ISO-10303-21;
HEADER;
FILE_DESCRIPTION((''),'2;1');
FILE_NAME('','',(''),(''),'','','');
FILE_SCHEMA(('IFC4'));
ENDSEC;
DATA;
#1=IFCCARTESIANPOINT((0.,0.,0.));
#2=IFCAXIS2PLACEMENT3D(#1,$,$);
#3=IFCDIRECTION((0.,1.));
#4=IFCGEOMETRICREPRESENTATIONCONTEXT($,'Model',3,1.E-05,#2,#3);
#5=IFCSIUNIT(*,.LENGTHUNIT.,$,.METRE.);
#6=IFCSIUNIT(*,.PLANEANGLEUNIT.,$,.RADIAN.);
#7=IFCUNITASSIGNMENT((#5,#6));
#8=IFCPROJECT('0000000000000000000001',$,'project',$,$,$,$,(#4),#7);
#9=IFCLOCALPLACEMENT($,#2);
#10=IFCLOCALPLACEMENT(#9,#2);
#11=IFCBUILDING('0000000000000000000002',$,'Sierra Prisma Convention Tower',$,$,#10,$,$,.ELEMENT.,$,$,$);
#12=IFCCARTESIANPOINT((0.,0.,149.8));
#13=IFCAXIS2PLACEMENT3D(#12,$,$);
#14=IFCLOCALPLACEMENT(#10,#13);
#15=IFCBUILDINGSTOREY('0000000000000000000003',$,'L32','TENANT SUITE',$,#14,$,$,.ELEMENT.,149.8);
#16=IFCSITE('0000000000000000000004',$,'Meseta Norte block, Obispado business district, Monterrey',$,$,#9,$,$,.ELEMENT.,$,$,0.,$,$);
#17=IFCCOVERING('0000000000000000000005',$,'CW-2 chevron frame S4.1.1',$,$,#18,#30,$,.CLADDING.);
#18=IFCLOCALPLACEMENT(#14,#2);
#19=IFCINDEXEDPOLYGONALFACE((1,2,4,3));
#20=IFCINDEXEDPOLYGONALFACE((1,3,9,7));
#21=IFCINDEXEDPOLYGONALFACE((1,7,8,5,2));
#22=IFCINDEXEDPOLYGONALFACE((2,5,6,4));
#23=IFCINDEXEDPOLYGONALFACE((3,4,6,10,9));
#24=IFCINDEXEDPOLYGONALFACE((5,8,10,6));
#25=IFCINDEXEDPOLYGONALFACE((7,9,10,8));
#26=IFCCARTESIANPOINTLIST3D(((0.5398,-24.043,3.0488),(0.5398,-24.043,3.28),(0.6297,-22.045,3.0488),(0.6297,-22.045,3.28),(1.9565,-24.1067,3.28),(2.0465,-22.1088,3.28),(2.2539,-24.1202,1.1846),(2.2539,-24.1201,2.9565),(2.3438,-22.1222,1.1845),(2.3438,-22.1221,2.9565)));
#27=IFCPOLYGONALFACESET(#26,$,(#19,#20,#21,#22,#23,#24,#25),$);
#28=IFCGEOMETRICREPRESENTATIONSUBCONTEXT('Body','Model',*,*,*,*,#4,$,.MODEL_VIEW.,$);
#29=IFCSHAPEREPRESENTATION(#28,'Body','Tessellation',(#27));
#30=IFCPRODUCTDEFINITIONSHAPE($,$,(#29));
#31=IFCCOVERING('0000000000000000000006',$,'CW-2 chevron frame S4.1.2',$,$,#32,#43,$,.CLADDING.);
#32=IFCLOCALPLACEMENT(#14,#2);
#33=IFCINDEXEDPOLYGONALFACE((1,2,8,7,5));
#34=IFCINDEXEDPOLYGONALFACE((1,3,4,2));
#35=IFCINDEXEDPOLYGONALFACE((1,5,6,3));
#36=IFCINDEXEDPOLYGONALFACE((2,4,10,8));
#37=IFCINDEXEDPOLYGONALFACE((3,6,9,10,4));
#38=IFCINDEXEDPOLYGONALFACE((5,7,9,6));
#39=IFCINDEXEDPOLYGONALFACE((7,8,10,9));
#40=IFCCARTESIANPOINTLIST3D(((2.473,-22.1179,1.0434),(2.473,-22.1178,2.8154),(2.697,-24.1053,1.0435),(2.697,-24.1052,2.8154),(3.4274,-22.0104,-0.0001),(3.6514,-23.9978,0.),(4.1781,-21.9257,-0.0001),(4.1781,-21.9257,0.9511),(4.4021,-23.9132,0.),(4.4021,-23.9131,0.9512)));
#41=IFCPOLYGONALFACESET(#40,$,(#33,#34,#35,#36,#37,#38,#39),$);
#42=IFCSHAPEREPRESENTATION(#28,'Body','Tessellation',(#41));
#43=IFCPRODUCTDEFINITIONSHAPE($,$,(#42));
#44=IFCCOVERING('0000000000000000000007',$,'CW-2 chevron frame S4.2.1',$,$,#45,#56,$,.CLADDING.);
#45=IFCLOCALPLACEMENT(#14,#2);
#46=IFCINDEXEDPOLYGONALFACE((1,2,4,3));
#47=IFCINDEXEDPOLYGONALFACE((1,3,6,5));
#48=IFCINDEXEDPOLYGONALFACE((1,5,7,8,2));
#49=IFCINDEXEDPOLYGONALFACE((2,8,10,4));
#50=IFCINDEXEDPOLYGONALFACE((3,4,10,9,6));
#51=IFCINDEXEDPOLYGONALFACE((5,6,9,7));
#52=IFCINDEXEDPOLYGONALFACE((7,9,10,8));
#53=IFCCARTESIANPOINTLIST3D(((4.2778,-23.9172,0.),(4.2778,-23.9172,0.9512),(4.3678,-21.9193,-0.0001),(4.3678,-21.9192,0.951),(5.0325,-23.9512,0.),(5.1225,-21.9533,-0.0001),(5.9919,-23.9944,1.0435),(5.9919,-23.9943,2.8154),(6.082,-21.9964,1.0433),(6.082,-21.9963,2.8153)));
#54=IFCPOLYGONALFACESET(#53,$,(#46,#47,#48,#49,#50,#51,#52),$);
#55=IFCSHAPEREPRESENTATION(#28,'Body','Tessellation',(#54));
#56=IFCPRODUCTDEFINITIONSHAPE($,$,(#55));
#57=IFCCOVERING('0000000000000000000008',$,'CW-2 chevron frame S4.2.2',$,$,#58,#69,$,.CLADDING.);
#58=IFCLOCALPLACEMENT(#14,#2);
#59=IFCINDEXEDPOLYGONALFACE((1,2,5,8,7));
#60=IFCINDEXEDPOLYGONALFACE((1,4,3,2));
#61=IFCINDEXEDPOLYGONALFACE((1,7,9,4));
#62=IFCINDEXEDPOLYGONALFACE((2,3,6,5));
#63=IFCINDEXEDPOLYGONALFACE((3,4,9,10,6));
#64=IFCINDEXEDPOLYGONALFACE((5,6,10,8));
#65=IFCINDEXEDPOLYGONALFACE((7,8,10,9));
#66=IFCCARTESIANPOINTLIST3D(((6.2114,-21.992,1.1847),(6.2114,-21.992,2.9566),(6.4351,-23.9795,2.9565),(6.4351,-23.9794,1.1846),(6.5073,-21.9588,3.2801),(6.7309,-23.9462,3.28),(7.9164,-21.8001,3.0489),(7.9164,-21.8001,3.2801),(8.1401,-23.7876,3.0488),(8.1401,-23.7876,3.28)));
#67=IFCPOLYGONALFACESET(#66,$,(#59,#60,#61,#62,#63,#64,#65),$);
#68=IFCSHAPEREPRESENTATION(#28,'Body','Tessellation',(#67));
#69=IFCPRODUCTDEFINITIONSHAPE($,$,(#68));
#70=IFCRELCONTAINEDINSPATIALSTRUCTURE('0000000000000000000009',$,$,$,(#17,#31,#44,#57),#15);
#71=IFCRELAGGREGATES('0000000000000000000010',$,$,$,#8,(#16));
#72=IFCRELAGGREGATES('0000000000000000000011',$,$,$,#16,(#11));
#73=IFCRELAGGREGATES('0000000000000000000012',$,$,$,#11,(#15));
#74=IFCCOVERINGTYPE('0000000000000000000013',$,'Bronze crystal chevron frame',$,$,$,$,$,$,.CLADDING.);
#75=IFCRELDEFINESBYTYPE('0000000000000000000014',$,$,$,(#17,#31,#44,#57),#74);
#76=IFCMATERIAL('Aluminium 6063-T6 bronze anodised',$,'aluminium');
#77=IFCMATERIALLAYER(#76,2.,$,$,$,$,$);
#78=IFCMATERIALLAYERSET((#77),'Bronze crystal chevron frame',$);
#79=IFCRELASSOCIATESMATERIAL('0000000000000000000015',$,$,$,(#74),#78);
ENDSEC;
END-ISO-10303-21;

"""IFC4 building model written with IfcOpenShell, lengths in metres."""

from ifc_helpers import new_model, si_unit, direction, frame, origin, place, context, subcontext, project, spatial, polyline, outline, extrude, material, layer, layer_set, type_object, element, save


model = new_model("IFC4")

# Units and contexts
model_context = context("Model", 3, precision=1e-05, world=origin(), true_north=direction((0.0, 1.0)))
body_context = subcontext(model_context, "Body", "Model", "MODEL_VIEW")
ifc_project = project(units=[si_unit("LENGTHUNIT", "METRE"), si_unit("PLANEANGLEUNIT", "RADIAN")], contexts=[model_context])

# Site, building, storey
site_placement = place(None, origin())
site = spatial("IfcSite", under=ifc_project, at=site_placement, Name="Meseta Norte block, Obispado business district, Monterrey", CompositionType="ELEMENT", RefElevation=0.0)
building_placement = place(site_placement, origin())
building = spatial("IfcBuilding", under=site, at=building_placement, Name="Sierra Prisma Convention Tower", CompositionType="ELEMENT")
storey_placement = place(building_placement, frame((0.0, 0.0, 149.8)))
storey = spatial("IfcBuildingStorey", under=building, at=storey_placement, Name="L32", Description="TENANT SUITE", CompositionType="ELEMENT", Elevation=149.8)

# Coverings
ifc_material_1 = material(Name="Aluminium 6063-T6 bronze anodised", Category="aluminium")
ifc_layer_1 = layer(ifc_material_1, 2.0)
ifc_layer_set_1 = layer_set([ifc_layer_1], Name="Bronze crystal chevron frame")
covering_type = type_object("IfcCoveringType", Name="Bronze crystal chevron frame", PredefinedType="CLADDING", material=ifc_layer_set_1)
covering_1_placement = place(storey_placement, frame((0.5398, -24.043, 3.28), z_axis=(-0.044959, -0.998989, 0.000019), x_axis=(-0.000001, -0.000019, -1.0)))
element("IfcCovering", 1, at=covering_1_placement, inside=storey, type_object=covering_type, Name="CW-2 chevron frame S4.1.1", PredefinedType="CLADDING", context=body_context, shape_type="SweptSolid", body=[
    extrude(outline(polyline([(0.0, 0.0), (0.2312, 0.0), (2.0955, 1.7158), (0.3235, 1.7158), (0.0, 1.4182), (0.0, 0.0)])), origin(), (0.0, 0.0, -1.0), 2.0),
])
covering_2_placement = place(storey_placement, frame((2.697, -24.1052, 2.8154), z_axis=(0.112, -0.993708, 0.000037), x_axis=(0.000004, -0.000037, -1.0)))
element("IfcCovering", 2, at=covering_2_placement, inside=storey, type_object=covering_type, Name="CW-2 chevron frame S4.1.2", PredefinedType="CLADDING", context=body_context, shape_type="SweptSolid", body=[
    extrude(outline(polyline([(0.0, 0.0), (1.772, 0.0), (2.8154, 0.9604), (2.8154, 1.7159), (1.8643, 1.7159), (0.0, 0.0)])), origin(), (0.0, 0.0, -1.0), 2.0),
])
covering_3_placement = place(storey_placement, frame((4.2778, -23.9172, 0.0), z_axis=(-0.045003, -0.998987, 0.000067), x_axis=(0.998987, -0.045003, 0.0)))
element("IfcCovering", 3, at=covering_3_placement, inside=storey, type_object=covering_type, Name="CW-2 chevron frame S4.2.1", PredefinedType="CLADDING", context=body_context, shape_type="SweptSolid", body=[
    extrude(outline(polyline([(0.0, 0.0), (0.7554, 0.0), (1.7158, 1.0435), (1.7158, 2.8154), (0.0, 0.9512), (0.0, 0.0)])), origin(), (0.0, 0.0, -1.0), 2.0),
])
covering_4_placement = place(storey_placement, frame((8.1401, -23.7876, 3.28), z_axis=(0.111845, -0.993726, -0.000043), x_axis=(-0.993726, -0.111845, 0.0)))
element("IfcCovering", 4, at=covering_4_placement, inside=storey, type_object=covering_type, Name="CW-2 chevron frame S4.2.2", PredefinedType="CLADDING", context=body_context, shape_type="SweptSolid", body=[
    extrude(outline(polyline([(0.0, 0.0), (1.4181, 0.0), (1.7158, 0.3235), (1.7158, 2.0955), (0.0, 0.2312), (0.0, 0.0)])), origin(), (0.0, 0.0, -1.0), 2.0),
])

save(model, "model.ifc")
